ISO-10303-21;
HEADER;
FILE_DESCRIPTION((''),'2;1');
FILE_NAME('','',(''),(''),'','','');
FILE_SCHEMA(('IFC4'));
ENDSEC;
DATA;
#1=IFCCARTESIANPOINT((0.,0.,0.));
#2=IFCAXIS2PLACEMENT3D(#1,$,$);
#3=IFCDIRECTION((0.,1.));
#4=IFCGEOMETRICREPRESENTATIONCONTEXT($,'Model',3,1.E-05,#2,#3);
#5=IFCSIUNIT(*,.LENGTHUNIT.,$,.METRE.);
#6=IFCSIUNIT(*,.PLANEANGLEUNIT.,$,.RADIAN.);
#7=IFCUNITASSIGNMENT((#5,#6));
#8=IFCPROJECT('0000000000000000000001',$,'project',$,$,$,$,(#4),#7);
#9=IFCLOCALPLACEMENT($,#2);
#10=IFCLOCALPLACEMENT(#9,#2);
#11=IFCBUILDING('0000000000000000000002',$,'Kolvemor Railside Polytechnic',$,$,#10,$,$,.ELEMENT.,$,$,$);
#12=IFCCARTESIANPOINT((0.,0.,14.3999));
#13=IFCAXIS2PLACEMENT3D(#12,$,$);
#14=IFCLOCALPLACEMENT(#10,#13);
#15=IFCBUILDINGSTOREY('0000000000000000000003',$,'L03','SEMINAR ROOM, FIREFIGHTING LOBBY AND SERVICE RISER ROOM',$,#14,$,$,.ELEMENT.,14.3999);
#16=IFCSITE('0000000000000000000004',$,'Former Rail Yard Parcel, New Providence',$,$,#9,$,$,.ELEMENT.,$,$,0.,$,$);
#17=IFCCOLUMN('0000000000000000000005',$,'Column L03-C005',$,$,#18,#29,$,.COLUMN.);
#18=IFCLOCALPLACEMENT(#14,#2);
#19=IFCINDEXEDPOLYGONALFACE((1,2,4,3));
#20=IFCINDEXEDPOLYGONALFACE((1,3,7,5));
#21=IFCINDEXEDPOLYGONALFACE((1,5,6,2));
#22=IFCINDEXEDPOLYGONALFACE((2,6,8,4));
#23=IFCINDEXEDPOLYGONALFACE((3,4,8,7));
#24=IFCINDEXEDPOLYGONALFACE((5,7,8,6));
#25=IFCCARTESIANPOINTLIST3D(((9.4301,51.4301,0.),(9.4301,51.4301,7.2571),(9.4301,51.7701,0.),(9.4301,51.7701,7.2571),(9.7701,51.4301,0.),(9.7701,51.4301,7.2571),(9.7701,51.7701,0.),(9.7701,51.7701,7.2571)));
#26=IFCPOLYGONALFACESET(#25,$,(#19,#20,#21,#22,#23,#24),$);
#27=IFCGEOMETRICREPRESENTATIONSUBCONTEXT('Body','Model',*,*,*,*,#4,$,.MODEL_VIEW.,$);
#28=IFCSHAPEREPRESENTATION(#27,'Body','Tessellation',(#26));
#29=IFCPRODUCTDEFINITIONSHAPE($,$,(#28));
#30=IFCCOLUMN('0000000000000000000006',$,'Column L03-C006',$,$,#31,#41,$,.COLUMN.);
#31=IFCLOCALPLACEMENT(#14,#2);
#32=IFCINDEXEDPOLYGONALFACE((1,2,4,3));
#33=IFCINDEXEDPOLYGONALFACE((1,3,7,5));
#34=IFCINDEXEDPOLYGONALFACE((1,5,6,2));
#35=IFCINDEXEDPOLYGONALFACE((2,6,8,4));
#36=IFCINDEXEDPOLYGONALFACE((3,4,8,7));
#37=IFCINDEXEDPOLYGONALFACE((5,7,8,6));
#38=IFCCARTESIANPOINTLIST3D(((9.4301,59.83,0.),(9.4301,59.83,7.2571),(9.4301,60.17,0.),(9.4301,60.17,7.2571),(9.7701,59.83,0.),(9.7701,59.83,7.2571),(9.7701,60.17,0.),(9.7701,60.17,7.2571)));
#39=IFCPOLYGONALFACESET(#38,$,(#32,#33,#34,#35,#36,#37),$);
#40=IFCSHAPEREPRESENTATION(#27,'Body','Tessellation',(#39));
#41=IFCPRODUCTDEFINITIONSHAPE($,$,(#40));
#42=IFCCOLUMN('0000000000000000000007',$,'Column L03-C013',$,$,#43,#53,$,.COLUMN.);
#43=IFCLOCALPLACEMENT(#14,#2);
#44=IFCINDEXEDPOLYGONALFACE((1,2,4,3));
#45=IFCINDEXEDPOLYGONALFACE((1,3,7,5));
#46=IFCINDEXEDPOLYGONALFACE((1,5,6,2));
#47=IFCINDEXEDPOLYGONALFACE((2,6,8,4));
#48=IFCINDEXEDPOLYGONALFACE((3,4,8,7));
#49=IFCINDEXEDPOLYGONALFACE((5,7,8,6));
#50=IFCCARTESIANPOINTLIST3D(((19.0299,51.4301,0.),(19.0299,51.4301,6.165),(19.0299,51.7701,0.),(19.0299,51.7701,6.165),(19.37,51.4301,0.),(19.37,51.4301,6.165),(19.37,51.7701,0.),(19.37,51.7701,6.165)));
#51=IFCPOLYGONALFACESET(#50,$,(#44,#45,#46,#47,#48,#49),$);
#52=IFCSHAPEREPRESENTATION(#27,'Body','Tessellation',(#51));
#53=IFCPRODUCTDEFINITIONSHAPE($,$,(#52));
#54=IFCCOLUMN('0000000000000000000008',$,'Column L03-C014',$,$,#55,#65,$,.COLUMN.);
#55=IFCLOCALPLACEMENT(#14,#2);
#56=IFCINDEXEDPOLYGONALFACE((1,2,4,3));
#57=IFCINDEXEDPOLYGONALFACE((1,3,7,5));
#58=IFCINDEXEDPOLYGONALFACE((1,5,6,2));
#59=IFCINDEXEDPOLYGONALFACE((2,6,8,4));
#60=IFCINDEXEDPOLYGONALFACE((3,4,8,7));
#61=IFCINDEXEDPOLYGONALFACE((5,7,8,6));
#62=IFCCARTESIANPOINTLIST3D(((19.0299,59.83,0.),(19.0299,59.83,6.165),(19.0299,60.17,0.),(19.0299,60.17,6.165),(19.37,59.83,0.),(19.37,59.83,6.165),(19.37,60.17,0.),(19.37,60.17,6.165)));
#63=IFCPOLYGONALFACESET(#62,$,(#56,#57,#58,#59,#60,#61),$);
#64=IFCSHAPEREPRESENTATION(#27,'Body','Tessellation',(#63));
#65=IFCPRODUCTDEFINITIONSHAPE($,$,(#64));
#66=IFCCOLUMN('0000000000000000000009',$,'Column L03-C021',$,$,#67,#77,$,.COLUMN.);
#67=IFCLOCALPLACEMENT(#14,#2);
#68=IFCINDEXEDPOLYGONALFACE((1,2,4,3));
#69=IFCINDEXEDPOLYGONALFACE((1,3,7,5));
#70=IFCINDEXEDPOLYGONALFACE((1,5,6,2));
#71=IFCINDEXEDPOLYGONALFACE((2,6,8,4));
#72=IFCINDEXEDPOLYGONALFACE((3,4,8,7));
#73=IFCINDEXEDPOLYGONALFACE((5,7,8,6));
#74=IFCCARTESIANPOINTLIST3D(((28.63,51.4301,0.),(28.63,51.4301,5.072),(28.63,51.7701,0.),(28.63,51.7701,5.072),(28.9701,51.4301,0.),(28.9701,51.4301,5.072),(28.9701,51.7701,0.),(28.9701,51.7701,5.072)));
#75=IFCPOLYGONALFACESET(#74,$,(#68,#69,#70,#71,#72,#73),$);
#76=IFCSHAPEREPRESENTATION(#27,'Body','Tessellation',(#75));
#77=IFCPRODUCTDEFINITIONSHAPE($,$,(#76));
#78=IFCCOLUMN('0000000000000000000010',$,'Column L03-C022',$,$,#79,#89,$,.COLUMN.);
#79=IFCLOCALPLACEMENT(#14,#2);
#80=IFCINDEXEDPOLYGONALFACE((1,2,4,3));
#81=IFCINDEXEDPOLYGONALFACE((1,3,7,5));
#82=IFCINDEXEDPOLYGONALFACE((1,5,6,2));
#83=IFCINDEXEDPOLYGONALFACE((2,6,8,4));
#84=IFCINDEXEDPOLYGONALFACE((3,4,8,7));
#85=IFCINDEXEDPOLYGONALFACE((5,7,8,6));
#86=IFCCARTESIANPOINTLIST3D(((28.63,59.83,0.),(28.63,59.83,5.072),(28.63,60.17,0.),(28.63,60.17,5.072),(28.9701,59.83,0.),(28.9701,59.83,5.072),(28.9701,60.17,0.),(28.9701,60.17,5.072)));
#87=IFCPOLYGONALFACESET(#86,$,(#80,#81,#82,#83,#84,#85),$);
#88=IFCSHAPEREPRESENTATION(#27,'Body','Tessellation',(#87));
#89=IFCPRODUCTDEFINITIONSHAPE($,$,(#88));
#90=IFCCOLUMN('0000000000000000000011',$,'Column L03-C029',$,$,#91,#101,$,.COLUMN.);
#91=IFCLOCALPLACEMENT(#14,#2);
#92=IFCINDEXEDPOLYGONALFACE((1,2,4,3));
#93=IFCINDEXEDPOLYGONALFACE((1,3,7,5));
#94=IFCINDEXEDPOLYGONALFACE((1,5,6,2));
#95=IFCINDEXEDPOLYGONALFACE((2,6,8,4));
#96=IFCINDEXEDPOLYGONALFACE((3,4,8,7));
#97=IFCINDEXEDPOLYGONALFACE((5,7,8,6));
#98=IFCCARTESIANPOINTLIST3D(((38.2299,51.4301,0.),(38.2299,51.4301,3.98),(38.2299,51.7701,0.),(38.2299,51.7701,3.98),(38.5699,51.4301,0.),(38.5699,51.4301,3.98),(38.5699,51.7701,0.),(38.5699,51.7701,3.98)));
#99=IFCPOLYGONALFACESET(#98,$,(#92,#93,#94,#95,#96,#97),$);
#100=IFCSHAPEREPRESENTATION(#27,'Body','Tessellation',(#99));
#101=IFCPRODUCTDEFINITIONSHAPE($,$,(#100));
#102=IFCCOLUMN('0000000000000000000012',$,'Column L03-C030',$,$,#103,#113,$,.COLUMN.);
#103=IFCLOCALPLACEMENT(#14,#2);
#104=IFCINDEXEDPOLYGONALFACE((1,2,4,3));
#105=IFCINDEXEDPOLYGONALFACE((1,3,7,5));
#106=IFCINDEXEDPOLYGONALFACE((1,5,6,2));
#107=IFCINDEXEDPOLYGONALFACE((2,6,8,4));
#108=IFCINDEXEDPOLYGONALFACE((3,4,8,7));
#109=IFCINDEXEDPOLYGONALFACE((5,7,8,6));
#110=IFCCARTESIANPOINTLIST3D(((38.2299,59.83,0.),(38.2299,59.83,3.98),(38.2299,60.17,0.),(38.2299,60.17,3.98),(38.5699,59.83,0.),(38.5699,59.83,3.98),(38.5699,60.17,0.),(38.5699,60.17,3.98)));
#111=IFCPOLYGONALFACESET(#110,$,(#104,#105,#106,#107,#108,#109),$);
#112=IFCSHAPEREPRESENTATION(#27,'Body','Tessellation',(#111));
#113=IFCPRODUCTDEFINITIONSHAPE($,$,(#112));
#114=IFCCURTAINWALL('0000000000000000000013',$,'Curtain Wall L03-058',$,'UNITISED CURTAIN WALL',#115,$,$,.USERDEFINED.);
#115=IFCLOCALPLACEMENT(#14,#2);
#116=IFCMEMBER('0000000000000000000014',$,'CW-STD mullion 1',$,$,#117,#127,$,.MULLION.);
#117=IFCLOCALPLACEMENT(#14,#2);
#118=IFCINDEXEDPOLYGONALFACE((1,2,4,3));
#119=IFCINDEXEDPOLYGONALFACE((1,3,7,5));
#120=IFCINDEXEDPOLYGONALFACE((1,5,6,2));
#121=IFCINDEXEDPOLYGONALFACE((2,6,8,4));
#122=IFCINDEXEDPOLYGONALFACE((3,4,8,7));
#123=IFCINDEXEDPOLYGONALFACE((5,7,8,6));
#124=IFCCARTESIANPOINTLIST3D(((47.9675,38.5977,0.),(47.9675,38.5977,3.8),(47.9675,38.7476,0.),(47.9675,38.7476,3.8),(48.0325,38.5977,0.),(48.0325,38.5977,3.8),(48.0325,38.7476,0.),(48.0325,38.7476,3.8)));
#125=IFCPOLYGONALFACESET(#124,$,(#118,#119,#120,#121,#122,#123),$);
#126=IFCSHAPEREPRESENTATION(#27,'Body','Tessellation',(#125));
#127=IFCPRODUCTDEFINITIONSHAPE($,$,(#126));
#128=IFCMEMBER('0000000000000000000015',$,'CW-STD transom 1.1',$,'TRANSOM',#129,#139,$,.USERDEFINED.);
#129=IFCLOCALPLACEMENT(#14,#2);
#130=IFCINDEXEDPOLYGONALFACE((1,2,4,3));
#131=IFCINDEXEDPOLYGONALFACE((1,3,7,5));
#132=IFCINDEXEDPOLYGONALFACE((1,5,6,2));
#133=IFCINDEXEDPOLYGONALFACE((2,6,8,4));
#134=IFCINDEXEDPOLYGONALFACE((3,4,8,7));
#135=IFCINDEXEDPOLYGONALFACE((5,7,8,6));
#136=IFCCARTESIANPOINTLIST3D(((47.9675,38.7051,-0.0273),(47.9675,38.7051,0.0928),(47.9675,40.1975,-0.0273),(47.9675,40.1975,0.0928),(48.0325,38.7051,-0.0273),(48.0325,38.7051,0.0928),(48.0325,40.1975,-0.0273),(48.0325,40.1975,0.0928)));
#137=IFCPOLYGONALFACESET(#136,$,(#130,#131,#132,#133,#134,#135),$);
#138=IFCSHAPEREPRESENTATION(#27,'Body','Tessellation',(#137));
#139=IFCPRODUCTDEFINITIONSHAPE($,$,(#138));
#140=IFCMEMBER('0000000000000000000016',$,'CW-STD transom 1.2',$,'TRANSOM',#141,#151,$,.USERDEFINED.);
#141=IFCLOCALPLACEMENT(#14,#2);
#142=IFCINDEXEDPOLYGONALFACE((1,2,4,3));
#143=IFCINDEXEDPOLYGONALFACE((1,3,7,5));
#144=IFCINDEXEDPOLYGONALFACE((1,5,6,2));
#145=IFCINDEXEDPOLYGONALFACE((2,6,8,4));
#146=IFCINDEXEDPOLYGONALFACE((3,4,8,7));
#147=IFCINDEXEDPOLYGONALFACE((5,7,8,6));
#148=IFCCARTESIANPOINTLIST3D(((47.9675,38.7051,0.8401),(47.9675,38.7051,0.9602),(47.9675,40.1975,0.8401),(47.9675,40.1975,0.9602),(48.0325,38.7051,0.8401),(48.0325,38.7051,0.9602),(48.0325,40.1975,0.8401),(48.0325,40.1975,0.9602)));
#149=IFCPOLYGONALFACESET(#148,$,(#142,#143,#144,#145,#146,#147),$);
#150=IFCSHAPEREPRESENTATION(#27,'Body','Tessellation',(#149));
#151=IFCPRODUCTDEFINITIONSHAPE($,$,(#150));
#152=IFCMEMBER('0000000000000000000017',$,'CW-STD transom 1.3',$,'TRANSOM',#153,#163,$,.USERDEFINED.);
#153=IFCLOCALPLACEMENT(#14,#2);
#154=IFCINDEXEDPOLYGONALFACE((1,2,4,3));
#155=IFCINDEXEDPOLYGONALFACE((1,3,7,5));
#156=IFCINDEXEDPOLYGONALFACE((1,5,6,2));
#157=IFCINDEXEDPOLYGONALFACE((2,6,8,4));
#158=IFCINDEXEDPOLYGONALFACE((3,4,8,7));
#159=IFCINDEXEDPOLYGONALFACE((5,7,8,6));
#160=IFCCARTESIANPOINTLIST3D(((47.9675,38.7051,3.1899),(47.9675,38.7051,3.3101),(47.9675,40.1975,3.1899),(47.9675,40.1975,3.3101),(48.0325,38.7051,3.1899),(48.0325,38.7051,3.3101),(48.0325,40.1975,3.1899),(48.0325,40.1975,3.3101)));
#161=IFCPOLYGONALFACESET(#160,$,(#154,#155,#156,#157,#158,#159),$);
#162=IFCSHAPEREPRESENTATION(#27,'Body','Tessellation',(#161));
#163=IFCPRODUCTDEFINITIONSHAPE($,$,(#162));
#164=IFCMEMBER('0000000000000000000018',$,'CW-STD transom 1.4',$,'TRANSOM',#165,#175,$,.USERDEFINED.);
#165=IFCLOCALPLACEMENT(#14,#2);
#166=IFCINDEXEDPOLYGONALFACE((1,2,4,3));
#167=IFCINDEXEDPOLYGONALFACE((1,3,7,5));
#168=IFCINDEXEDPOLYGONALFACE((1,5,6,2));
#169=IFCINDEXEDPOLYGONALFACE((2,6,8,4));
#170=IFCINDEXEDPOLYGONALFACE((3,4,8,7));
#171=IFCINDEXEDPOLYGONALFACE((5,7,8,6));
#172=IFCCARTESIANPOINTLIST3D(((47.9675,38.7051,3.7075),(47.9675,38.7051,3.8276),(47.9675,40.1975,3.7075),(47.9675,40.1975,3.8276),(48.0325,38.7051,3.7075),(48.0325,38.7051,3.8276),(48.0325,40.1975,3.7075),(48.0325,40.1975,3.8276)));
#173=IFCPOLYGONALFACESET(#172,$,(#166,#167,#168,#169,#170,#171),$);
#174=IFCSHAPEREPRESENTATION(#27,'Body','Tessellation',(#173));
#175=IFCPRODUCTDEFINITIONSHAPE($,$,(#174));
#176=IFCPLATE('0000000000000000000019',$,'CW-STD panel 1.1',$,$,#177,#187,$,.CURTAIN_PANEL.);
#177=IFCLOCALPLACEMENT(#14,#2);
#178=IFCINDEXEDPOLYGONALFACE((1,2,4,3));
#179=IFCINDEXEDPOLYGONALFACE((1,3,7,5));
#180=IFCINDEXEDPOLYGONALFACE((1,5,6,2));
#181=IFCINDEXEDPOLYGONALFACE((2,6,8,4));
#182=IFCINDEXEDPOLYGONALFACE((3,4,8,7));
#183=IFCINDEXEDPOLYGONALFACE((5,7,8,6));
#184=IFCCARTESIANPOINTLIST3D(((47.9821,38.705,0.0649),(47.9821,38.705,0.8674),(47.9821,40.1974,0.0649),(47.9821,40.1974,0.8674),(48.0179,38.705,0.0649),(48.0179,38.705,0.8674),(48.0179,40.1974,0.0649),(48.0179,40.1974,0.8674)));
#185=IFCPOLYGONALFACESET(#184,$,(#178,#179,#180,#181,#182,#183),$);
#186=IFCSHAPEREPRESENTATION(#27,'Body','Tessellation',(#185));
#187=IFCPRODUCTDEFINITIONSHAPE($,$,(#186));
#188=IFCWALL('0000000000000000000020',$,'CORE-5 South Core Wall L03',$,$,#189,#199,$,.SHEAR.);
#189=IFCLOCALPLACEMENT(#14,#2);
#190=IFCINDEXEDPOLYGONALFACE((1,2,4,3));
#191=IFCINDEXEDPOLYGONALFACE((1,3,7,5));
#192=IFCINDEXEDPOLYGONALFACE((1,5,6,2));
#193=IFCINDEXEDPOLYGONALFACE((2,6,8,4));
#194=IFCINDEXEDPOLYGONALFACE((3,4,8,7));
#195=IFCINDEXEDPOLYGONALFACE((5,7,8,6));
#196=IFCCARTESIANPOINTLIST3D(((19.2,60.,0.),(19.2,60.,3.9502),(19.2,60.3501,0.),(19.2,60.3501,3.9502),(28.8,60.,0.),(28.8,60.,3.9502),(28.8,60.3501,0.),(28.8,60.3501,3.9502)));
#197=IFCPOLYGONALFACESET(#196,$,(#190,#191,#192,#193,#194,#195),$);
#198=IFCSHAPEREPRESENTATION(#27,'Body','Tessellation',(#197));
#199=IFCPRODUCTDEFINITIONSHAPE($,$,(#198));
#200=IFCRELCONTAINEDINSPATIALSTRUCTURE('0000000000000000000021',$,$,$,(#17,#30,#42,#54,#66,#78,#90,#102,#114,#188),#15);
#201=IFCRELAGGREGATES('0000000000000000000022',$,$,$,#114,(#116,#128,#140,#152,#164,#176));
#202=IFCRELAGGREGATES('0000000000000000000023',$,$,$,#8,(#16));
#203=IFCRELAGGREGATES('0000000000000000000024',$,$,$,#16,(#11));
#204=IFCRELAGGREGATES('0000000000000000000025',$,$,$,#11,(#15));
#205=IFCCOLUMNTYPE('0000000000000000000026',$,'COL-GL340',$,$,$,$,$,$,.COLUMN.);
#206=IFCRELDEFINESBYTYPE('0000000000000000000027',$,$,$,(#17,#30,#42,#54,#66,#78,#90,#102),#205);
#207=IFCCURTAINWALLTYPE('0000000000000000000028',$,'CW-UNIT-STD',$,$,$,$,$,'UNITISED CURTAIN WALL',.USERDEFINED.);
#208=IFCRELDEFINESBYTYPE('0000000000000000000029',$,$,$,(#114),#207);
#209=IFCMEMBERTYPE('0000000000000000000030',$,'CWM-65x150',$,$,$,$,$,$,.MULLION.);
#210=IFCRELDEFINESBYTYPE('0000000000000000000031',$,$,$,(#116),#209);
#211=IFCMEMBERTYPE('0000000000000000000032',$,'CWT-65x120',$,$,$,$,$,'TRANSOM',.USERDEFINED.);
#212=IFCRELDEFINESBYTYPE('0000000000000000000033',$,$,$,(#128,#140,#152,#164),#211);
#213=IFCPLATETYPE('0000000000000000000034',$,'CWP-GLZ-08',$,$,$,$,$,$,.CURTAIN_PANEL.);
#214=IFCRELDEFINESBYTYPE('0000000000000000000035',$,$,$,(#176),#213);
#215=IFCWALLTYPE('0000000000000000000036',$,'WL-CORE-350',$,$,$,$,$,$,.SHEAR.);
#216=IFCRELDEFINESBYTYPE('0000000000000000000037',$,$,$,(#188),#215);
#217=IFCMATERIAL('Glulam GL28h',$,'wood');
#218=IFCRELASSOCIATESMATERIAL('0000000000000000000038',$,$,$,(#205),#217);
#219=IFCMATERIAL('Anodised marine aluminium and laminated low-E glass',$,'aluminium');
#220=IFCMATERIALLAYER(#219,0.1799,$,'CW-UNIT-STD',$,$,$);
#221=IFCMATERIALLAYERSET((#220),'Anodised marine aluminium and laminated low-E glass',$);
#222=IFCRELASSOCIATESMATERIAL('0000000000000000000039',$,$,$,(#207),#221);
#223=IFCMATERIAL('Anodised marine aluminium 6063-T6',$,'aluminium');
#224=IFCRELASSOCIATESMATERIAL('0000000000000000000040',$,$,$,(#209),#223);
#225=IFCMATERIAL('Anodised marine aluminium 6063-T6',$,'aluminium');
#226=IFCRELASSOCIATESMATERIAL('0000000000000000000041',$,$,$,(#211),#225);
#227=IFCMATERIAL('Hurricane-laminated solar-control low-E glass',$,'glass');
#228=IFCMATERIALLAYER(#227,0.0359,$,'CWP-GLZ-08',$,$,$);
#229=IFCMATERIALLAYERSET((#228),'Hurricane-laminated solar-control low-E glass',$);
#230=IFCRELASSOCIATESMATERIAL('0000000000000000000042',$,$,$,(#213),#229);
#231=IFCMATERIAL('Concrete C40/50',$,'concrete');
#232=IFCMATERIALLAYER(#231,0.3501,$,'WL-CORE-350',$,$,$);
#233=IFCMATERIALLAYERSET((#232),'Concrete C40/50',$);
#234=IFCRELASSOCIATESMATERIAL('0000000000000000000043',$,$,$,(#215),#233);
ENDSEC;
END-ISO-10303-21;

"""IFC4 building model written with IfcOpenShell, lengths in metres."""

from ifc_helpers import new_model, si_unit, direction, frame, frame_2d, origin, origin_2d, place, context, subcontext, project, spatial, rectangle, extrude, material, layer, layer_set, material_profile, profile_set, type_object, element, aggregate, save


model = new_model("IFC4")

# Units and contexts
model_context = context("Model", 3, precision=1e-05, world=origin(), true_north=direction((0.0, 1.0)))
body_context = subcontext(model_context, "Body", "Model", "MODEL_VIEW")
ifc_project = project(units=[si_unit("LENGTHUNIT", "METRE"), si_unit("PLANEANGLEUNIT", "RADIAN")], contexts=[model_context])

# Site, building, storey
site_placement = place(None, origin())
site = spatial("IfcSite", under=ifc_project, at=site_placement, Name="Former Rail Yard Parcel, New Providence", CompositionType="ELEMENT", RefElevation=0.0)
building_placement = place(site_placement, origin())
building = spatial("IfcBuilding", under=site, at=building_placement, Name="Kolvemor Railside Polytechnic", CompositionType="ELEMENT")
storey_placement = place(building_placement, frame((0.0, 0.0, 14.3999)))
storey = spatial("IfcBuildingStorey", under=building, at=storey_placement, Name="L03", Description="SEMINAR ROOM, FIREFIGHTING LOBBY AND SERVICE RISER ROOM", CompositionType="ELEMENT", Elevation=14.3999)

# Columns
ifc_material_1 = material(Name="Glulam GL28h", Category="wood")
ifc_material_profile_1 = material_profile(ifc_material_1, rectangle(XDim=0.3401, YDim=0.3401, at=origin_2d()), Name="GL340x340")
ifc_profile_set_1 = profile_set([ifc_material_profile_1], Name="Glulam GL28h")
column_type = type_object("IfcColumnType", Name="COL-GL340", PredefinedType="COLUMN", material=ifc_profile_set_1)
for number, where, z_axis, x_axis, name in (
    (1, (9.6001, 51.6001, 0.0), (0.0, 0.0, 1.0), (1.0, 0.0, 0.0), "Column L03-C005"),
    (2, (9.6001, 60.0, 0.0), (0.0, 0.0, 1.0), (1.0, 0.0, 0.0), "Column L03-C006"),
):
    element("IfcColumn", number, at=place(storey_placement, frame(where, z_axis=z_axis, x_axis=x_axis)), inside=storey, type_object=column_type, Name=name, PredefinedType="COLUMN", context=body_context, shape_type="SweptSolid", body=[
        extrude(rectangle(XDim=0.3401, YDim=0.3401, at=origin_2d()), origin(), (0.0, 0.0, 1.0), 7.2571),
    ])
for number, where, z_axis, x_axis, name in (
    (3, (19.2, 51.6001, 0.0), (0.0, 0.0, 1.0), (1.0, 0.0, 0.0), "Column L03-C013"),
    (4, (19.2, 60.0, 0.0), (0.0, 0.0, 1.0), (1.0, 0.0, 0.0), "Column L03-C014"),
):
    element("IfcColumn", number, at=place(storey_placement, frame(where, z_axis=z_axis, x_axis=x_axis)), inside=storey, type_object=column_type, Name=name, PredefinedType="COLUMN", context=body_context, shape_type="SweptSolid", body=[
        extrude(rectangle(XDim=0.3401, YDim=0.3401, at=origin_2d()), origin(), (0.0, 0.0, 1.0), 6.165),
    ])
for number, where, z_axis, x_axis, name in (
    (5, (28.8, 51.6001, 0.0), (0.0, 0.0, 1.0), (1.0, 0.0, 0.0), "Column L03-C021"),
    (6, (28.8, 60.0, 0.0), (0.0, 0.0, 1.0), (1.0, 0.0, 0.0), "Column L03-C022"),
):
    element("IfcColumn", number, at=place(storey_placement, frame(where, z_axis=z_axis, x_axis=x_axis)), inside=storey, type_object=column_type, Name=name, PredefinedType="COLUMN", context=body_context, shape_type="SweptSolid", body=[
        extrude(rectangle(XDim=0.3401, YDim=0.3401, at=origin_2d()), origin(), (0.0, 0.0, 1.0), 5.072),
    ])
for number, where, z_axis, x_axis, name in (
    (7, (38.3999, 51.6001, 0.0), (0.0, 0.0, 1.0), (1.0, 0.0, 0.0), "Column L03-C029"),
    (8, (38.3999, 60.0, 0.0), (0.0, 0.0, 1.0), (1.0, 0.0, 0.0), "Column L03-C030"),
):
    element("IfcColumn", number, at=place(storey_placement, frame(where, z_axis=z_axis, x_axis=x_axis)), inside=storey, type_object=column_type, Name=name, PredefinedType="COLUMN", context=body_context, shape_type="SweptSolid", body=[
        extrude(rectangle(XDim=0.3401, YDim=0.3401, at=origin_2d()), origin(), (0.0, 0.0, 1.0), 3.98),
    ])

# Curtain wall, members, plate
ifc_material_2 = material(Name="Anodised marine aluminium and laminated low-E glass", Category="aluminium")
ifc_layer_1 = layer(ifc_material_2, 0.1799, Name="CW-UNIT-STD")
ifc_layer_set_1 = layer_set([ifc_layer_1], Name="Anodised marine aluminium and laminated low-E glass")
curtain_wall_type = type_object("IfcCurtainWallType", Name="CW-UNIT-STD", ElementType="UNITISED CURTAIN WALL", PredefinedType="USERDEFINED", material=ifc_layer_set_1)
curtain_wall_placement = place(storey_placement, origin())
curtain_wall = element("IfcCurtainWall", 9, at=curtain_wall_placement, inside=storey, type_object=curtain_wall_type, Name="Curtain Wall L03-058", ObjectType="UNITISED CURTAIN WALL", PredefinedType="USERDEFINED")
ifc_material_3 = material(Name="Anodised marine aluminium 6063-T6", Category="aluminium")
ifc_material_profile_2 = material_profile(ifc_material_3, rectangle(XDim=0.0649, YDim=0.1499, at=origin_2d()), Name="CW-MUL-65x150")
ifc_profile_set_2 = profile_set([ifc_material_profile_2], Name="Anodised marine aluminium 6063-T6")
member_type_1 = type_object("IfcMemberType", Name="CWM-65x150", PredefinedType="MULLION", material=ifc_profile_set_2)
member_1_placement = place(storey_placement, frame((48.0, 38.6726, 0.0), z_axis=(0.0, 0.0, 1.0), x_axis=(-1.0, 0.0, 0.0)))
member_1 = element("IfcMember", 10, at=member_1_placement, type_object=member_type_1, Name="CW-STD mullion 1", PredefinedType="MULLION", context=body_context, shape_type="SweptSolid", body=[
    extrude(rectangle(XDim=0.0649, YDim=0.1499, at=origin_2d()), origin(), (0.0, 0.0, 1.0), 3.8),
])
ifc_material_4 = material(Name="Anodised marine aluminium 6063-T6", Category="aluminium")
ifc_material_profile_3 = material_profile(ifc_material_4, rectangle(XDim=0.0649, YDim=0.1201, at=origin_2d()), Name="CW-TRN-65x120")
ifc_profile_set_3 = profile_set([ifc_material_profile_3], Name="Anodised marine aluminium 6063-T6")
member_type_2 = type_object("IfcMemberType", Name="CWT-65x120", ElementType="TRANSOM", PredefinedType="USERDEFINED", material=ifc_profile_set_3)
member_2_placement = place(storey_placement, frame((48.0, 38.7051, 0.0327), z_axis=(0.0, 1.0, 0.0), x_axis=(-1.0, 0.0, 0.0)))
member_2 = element("IfcMember", 11, at=member_2_placement, type_object=member_type_2, Name="CW-STD transom 1.1", ObjectType="TRANSOM", PredefinedType="USERDEFINED", context=body_context, shape_type="SweptSolid", body=[
    extrude(rectangle(XDim=0.0649, YDim=0.1201, at=origin_2d()), origin(), (0.0, 0.0, 1.0), 1.4924),
])
member_3_placement = place(storey_placement, frame((48.0, 38.7051, 0.9001), z_axis=(0.0, 1.0, 0.0), x_axis=(-1.0, 0.0, 0.0)))
member_3 = element("IfcMember", 12, at=member_3_placement, type_object=member_type_2, Name="CW-STD transom 1.2", ObjectType="TRANSOM", PredefinedType="USERDEFINED", context=body_context, shape_type="SweptSolid", body=[
    extrude(rectangle(XDim=0.0649, YDim=0.1201, at=origin_2d()), origin(), (0.0, 0.0, 1.0), 1.4924),
])
member_4_placement = place(storey_placement, frame((48.0, 38.7051, 3.25), z_axis=(0.0, 1.0, 0.0), x_axis=(-1.0, 0.0, 0.0)))
member_4 = element("IfcMember", 13, at=member_4_placement, type_object=member_type_2, Name="CW-STD transom 1.3", ObjectType="TRANSOM", PredefinedType="USERDEFINED", context=body_context, shape_type="SweptSolid", body=[
    extrude(rectangle(XDim=0.0649, YDim=0.1201, at=origin_2d()), origin(), (0.0, 0.0, 1.0), 1.4924),
])
member_5_placement = place(storey_placement, frame((48.0, 38.7051, 3.7676), z_axis=(0.0, 1.0, 0.0), x_axis=(-1.0, 0.0, 0.0)))
member_5 = element("IfcMember", 14, at=member_5_placement, type_object=member_type_2, Name="CW-STD transom 1.4", ObjectType="TRANSOM", PredefinedType="USERDEFINED", context=body_context, shape_type="SweptSolid", body=[
    extrude(rectangle(XDim=0.0649, YDim=0.1201, at=origin_2d()), origin(), (0.0, 0.0, 1.0), 1.4924),
])
ifc_material_5 = material(Name="Hurricane-laminated solar-control low-E glass", Category="glass")
ifc_layer_2 = layer(ifc_material_5, 0.0359, Name="CWP-GLZ-08")
ifc_layer_set_2 = layer_set([ifc_layer_2], Name="Hurricane-laminated solar-control low-E glass")
plate_type = type_object("IfcPlateType", Name="CWP-GLZ-08", PredefinedType="CURTAIN_PANEL", material=ifc_layer_set_2)
plate_placement = place(storey_placement, frame((48.0, 39.4512, 0.0649), z_axis=(0.0, 0.0, 1.0), x_axis=(0.0, 1.0, 0.0)))
plate = element("IfcPlate", 15, at=plate_placement, type_object=plate_type, Name="CW-STD panel 1.1", PredefinedType="CURTAIN_PANEL", context=body_context, shape_type="SweptSolid", body=[
    extrude(rectangle(XDim=1.4924, YDim=0.0359, at=origin_2d()), origin(), (0.0, 0.0, 1.0), 0.8025),
])
aggregate(curtain_wall, [member_1, member_2, member_3, member_4, member_5, plate])

# Wall
ifc_material_6 = material(Name="Concrete C40/50", Category="concrete")
ifc_layer_3 = layer(ifc_material_6, 0.3501, Name="WL-CORE-350")
ifc_layer_set_3 = layer_set([ifc_layer_3], Name="Concrete C40/50")
wall_type_1 = type_object("IfcWallType", Name="WL-CORE-350", PredefinedType="SHEAR", material=ifc_layer_set_3)
wall_1_placement = place(storey_placement, frame((19.2, 60.175, 0.0), z_axis=(0.0, 0.0, 1.0), x_axis=(1.0, 0.0, 0.0)))
element("IfcWall", 16, at=wall_1_placement, inside=storey, type_object=wall_type_1, Name="CORE-5 South Core Wall L03", PredefinedType="SHEAR", context=body_context, shape_type="SweptSolid", body=[
    extrude(rectangle(XDim=9.6001, YDim=0.3501, at=frame_2d((4.8, 0.0))), origin(), (0.0, 0.0, 1.0), 3.9502),
])

save(model, "model.ifc")
